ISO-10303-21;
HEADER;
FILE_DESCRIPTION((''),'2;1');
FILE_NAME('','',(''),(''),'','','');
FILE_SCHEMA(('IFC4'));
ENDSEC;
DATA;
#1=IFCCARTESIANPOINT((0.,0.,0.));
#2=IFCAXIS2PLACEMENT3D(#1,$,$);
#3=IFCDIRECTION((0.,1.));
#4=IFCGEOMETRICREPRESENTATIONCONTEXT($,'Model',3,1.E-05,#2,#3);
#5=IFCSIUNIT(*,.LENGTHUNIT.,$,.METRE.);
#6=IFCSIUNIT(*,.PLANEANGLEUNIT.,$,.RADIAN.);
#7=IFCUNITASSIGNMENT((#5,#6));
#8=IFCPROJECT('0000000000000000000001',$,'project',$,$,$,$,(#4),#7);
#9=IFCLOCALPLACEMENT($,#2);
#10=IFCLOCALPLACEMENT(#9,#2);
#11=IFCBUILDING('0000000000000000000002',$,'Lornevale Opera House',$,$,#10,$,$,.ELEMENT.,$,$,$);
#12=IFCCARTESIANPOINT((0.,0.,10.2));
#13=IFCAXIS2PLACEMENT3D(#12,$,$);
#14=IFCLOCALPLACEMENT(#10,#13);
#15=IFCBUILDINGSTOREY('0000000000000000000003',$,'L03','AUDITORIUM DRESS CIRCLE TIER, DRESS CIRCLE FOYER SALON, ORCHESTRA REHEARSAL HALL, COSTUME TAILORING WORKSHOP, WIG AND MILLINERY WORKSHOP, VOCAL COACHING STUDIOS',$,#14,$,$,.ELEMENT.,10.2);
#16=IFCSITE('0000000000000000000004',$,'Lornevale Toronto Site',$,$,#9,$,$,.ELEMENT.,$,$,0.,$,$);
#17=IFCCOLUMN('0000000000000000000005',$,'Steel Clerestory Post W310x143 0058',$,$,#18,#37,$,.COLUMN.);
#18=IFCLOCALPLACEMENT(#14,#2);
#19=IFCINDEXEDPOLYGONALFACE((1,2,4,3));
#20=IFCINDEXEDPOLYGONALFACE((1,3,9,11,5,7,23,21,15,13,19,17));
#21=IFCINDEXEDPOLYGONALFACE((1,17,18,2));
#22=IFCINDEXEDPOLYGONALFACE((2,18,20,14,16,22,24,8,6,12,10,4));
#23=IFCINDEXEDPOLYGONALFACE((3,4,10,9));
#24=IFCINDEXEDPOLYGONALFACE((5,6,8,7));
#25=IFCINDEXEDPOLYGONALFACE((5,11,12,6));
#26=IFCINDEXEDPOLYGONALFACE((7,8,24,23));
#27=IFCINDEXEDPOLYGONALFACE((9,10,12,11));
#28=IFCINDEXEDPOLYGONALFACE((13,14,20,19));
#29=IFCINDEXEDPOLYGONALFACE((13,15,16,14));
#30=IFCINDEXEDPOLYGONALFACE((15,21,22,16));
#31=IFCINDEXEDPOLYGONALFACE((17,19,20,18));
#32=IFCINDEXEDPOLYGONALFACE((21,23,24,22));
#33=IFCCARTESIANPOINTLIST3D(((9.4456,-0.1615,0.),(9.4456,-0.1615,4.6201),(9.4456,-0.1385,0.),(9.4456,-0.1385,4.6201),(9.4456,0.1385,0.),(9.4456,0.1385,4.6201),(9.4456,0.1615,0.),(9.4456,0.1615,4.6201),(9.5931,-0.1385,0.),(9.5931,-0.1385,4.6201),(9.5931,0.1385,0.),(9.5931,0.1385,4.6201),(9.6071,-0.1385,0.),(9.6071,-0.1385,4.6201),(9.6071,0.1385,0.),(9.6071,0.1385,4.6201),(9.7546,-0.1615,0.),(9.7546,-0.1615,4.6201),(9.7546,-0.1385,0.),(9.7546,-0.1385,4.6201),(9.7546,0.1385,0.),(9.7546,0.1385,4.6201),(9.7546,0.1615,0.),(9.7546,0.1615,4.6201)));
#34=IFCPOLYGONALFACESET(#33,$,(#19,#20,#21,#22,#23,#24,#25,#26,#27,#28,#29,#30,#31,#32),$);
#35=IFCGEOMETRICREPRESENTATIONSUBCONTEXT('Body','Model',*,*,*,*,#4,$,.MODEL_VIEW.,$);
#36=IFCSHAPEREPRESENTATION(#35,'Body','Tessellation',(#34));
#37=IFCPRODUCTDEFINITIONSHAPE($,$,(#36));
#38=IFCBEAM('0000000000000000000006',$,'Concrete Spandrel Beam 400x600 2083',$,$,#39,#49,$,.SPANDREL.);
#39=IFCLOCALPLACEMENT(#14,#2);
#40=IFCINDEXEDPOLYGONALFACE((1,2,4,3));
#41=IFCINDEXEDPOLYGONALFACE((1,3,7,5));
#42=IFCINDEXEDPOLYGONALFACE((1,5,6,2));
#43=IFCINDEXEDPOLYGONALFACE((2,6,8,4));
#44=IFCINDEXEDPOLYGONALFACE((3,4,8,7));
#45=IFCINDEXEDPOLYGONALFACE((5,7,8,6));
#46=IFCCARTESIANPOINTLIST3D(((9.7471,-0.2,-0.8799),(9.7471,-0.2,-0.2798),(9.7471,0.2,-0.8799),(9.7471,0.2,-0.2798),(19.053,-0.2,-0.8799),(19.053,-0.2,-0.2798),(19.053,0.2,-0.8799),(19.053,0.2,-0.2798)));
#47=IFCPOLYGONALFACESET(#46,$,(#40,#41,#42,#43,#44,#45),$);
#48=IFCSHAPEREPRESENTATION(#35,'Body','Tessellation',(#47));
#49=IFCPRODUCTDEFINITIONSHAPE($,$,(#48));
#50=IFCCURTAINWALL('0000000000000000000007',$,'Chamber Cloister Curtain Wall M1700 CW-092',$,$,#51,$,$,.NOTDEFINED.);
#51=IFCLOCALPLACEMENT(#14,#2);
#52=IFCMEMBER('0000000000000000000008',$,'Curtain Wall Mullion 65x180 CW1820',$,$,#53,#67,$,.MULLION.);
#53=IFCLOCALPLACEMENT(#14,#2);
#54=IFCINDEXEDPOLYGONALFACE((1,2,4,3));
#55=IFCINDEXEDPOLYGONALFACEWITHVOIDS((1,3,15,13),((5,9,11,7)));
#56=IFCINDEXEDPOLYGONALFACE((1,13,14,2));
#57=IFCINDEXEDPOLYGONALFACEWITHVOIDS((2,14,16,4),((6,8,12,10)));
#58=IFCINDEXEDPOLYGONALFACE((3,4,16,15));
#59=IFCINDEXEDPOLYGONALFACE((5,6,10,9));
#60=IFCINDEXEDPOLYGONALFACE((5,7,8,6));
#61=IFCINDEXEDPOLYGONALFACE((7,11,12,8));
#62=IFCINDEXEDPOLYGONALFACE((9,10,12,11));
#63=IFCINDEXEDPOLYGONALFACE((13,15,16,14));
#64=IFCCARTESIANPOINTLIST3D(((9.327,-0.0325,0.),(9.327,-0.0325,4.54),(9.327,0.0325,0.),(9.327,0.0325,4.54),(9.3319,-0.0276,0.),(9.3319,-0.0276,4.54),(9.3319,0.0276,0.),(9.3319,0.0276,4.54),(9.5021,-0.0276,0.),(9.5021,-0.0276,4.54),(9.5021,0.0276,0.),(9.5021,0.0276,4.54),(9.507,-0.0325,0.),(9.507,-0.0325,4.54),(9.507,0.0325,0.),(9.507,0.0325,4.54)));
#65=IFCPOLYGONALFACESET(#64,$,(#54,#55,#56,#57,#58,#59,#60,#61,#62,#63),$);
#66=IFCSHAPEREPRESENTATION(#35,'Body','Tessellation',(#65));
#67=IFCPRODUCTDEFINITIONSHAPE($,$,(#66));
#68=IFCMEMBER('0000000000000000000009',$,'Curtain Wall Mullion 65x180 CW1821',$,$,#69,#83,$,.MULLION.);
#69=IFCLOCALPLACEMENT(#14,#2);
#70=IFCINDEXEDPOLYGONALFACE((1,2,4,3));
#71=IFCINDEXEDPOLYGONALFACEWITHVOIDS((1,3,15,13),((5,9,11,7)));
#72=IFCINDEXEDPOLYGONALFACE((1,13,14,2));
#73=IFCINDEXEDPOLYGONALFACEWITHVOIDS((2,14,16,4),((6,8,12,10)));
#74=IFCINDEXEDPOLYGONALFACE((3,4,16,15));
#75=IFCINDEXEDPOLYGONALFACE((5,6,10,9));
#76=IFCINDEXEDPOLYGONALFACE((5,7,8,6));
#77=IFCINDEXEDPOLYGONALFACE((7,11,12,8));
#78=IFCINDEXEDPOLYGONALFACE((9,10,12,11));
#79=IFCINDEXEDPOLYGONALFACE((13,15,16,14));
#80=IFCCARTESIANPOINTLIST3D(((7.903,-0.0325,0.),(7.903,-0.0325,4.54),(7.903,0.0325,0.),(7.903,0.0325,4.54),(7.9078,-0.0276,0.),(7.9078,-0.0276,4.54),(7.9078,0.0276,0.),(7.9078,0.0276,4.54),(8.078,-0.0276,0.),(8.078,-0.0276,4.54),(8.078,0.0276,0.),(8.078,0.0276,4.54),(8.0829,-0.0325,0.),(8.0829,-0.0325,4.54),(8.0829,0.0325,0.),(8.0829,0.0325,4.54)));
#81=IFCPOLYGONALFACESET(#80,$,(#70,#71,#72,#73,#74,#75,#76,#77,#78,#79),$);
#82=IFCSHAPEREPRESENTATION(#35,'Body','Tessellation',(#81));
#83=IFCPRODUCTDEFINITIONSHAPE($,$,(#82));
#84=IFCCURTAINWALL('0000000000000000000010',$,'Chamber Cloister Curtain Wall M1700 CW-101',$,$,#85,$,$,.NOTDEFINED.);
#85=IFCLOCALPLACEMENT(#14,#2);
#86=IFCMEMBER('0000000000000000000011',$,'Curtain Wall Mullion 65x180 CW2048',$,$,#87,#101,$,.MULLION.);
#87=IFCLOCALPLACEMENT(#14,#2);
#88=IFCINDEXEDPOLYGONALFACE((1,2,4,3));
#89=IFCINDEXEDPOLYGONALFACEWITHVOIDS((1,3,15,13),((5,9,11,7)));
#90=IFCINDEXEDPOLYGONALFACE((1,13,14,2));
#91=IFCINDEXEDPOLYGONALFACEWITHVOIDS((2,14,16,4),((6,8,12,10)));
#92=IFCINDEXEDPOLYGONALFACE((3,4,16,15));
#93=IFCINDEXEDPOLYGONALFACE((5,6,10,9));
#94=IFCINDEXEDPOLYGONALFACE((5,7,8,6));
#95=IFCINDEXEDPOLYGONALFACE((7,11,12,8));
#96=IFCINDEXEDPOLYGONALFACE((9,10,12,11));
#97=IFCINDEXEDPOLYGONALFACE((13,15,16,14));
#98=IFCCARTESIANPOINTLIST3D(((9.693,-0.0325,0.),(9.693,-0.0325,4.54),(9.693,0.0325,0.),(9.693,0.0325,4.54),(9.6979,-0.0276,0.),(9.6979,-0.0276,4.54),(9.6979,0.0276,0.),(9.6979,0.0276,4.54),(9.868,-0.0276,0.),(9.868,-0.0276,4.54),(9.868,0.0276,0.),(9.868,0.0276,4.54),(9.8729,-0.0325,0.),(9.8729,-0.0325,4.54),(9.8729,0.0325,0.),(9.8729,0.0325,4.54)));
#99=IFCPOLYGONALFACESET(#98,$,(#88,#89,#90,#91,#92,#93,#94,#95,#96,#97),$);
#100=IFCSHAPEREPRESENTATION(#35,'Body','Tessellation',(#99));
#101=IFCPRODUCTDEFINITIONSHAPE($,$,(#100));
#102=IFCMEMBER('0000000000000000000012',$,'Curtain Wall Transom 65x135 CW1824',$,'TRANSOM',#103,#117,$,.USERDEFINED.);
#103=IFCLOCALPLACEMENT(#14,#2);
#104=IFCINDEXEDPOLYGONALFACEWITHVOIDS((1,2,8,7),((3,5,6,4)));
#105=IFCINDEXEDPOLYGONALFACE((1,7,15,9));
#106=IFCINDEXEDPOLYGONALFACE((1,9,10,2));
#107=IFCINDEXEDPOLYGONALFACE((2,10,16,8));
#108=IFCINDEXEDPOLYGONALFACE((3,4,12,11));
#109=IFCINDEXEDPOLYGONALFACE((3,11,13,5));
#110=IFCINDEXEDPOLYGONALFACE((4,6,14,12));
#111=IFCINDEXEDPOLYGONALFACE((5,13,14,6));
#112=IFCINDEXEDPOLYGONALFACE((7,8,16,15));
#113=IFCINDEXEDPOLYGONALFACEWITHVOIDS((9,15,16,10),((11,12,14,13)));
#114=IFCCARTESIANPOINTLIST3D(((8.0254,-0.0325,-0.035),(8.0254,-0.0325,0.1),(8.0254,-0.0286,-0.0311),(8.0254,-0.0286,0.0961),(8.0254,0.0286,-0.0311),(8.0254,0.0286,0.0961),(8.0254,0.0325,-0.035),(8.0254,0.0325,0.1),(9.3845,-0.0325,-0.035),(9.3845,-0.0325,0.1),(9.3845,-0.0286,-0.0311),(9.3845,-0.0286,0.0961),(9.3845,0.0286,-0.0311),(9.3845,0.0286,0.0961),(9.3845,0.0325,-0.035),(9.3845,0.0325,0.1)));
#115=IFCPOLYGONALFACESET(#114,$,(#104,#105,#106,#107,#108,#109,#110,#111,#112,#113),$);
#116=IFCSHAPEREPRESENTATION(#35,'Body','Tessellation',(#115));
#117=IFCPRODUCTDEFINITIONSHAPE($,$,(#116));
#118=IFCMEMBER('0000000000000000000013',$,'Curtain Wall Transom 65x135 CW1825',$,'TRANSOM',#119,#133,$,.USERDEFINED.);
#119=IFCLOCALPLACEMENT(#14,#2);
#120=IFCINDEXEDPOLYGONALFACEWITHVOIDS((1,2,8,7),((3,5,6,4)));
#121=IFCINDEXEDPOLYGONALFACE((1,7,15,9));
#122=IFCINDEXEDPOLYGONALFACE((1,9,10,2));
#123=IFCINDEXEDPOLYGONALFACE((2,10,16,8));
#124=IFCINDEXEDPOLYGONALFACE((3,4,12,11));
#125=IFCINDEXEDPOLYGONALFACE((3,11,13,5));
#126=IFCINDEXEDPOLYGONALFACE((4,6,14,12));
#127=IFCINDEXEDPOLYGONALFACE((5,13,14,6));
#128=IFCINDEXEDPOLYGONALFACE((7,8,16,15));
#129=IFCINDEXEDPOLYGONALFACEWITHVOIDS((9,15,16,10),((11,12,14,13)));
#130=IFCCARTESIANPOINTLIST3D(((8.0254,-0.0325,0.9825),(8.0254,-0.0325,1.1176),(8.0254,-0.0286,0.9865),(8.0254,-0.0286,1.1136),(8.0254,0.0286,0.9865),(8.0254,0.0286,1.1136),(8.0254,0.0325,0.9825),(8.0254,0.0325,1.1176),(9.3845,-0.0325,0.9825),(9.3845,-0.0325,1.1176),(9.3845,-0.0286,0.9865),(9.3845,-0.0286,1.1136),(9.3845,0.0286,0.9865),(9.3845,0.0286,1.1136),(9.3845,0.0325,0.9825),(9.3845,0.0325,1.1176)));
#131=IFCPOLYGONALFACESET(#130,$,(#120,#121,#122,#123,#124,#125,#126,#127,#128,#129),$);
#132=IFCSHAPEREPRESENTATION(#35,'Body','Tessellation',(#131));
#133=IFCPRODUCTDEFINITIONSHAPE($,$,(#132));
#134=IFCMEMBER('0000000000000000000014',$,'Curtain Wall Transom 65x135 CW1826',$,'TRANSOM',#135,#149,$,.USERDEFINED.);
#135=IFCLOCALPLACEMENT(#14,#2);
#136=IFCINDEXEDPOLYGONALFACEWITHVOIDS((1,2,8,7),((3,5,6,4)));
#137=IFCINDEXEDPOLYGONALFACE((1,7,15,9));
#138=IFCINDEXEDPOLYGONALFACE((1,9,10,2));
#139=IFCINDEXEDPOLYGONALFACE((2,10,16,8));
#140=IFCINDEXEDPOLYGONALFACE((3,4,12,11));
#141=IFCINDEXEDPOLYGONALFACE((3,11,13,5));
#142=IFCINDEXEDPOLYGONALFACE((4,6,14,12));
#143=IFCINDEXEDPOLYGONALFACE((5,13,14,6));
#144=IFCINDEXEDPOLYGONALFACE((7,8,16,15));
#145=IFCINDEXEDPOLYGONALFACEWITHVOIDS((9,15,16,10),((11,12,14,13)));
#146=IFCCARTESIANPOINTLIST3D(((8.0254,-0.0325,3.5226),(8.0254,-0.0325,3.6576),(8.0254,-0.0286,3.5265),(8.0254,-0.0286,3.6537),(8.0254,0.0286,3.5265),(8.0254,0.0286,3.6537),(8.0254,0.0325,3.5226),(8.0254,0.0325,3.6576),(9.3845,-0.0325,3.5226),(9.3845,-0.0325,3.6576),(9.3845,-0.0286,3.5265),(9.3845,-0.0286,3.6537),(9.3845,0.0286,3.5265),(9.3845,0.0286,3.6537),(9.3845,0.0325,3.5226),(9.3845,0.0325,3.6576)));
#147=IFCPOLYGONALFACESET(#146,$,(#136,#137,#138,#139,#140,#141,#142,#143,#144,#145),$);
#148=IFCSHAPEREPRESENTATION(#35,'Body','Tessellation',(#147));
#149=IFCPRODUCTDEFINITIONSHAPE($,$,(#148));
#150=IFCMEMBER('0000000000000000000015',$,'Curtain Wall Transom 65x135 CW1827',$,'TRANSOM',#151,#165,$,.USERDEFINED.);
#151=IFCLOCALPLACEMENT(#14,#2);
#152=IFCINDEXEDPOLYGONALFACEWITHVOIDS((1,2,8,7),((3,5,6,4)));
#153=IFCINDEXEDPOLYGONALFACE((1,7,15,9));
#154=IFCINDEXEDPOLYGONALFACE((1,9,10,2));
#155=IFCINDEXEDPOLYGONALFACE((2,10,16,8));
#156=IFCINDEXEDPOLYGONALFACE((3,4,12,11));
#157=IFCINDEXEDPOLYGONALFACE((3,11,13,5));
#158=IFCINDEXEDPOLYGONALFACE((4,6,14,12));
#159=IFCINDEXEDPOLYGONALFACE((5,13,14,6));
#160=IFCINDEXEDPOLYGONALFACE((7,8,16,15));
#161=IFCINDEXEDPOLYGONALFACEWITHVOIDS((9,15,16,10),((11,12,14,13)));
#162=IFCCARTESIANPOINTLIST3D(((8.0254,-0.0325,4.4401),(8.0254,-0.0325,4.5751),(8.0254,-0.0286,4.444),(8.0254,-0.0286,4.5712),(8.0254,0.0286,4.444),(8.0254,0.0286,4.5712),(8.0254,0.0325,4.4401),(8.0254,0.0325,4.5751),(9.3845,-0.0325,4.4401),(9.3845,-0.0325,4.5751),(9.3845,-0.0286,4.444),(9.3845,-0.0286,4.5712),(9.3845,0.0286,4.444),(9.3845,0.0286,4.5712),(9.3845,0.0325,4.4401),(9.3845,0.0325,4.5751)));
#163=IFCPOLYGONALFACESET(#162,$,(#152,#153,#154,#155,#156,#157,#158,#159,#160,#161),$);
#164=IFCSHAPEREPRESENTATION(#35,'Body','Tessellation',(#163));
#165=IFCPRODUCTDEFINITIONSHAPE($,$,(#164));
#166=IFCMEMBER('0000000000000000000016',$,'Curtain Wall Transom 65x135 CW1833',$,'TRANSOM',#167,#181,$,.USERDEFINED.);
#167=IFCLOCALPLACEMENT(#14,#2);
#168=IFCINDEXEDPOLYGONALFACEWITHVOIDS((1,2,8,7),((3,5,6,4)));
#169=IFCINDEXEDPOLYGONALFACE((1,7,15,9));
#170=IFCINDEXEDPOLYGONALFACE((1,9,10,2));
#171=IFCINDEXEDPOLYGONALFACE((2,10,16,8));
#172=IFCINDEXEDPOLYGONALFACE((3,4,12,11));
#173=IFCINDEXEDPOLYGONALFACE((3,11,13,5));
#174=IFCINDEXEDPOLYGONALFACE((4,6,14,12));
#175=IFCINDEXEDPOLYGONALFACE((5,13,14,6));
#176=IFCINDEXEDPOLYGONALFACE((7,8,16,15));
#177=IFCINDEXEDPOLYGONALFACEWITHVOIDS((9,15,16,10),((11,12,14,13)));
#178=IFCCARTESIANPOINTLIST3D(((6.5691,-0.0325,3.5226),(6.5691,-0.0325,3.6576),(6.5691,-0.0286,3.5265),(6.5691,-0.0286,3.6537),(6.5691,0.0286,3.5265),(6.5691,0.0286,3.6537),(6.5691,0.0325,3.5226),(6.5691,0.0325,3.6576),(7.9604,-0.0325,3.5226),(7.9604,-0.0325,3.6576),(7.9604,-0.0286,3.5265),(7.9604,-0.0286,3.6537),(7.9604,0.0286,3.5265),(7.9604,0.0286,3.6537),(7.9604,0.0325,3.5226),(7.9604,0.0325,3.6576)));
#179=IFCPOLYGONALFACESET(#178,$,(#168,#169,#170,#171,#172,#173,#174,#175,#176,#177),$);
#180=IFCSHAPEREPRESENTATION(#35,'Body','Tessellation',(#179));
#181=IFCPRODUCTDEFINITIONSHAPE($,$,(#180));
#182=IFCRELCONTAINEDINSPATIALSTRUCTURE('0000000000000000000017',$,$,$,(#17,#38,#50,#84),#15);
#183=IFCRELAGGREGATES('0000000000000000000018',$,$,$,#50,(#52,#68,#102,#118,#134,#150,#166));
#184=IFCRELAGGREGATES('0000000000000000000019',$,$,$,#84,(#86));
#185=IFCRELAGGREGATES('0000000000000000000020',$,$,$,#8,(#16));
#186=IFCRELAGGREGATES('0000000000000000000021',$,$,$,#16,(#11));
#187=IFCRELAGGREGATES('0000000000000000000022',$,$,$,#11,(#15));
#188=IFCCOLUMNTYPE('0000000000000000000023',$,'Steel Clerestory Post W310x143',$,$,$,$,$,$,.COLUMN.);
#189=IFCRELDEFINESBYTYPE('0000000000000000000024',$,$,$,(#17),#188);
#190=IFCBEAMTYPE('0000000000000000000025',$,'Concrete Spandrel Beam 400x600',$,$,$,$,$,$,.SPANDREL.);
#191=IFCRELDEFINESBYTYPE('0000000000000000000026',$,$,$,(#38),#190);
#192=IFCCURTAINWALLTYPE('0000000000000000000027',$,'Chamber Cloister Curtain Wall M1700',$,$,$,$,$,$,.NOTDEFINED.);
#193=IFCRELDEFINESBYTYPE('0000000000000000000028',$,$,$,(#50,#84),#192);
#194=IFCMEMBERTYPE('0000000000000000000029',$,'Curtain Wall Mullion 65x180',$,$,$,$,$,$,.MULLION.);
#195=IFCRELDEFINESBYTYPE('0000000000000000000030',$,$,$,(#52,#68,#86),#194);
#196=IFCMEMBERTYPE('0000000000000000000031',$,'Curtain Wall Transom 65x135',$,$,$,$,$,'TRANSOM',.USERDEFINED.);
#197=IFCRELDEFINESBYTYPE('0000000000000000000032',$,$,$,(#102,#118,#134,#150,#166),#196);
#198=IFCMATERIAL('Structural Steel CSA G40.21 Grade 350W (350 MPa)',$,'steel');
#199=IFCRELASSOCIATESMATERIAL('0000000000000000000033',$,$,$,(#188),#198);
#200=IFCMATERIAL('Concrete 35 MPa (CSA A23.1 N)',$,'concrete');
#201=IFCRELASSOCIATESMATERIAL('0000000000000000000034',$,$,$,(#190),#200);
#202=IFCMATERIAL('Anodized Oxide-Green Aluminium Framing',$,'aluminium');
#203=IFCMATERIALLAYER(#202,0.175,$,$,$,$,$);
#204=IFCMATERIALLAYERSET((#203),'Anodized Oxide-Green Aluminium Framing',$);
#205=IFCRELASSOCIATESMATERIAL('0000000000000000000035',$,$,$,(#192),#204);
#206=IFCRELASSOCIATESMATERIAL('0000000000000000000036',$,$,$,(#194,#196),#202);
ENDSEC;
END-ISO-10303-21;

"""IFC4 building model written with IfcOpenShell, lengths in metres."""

from ifc_helpers import new_model, si_unit, direction, frame, origin, origin_2d, place, context, subcontext, project, spatial, rectangle, hollow_rectangle, i_section, extrude, material, layer, layer_set, material_profile, profile_set, type_object, element, aggregate, save


model = new_model("IFC4")

# Units and contexts
model_context = context("Model", 3, precision=1e-05, world=origin(), true_north=direction((0.0, 1.0)))
body_context = subcontext(model_context, "Body", "Model", "MODEL_VIEW")
ifc_project = project(units=[si_unit("LENGTHUNIT", "METRE"), si_unit("PLANEANGLEUNIT", "RADIAN")], contexts=[model_context])

# Site, building, storey
site_placement = place(None, origin())
site = spatial("IfcSite", under=ifc_project, at=site_placement, Name="Lornevale Toronto Site", CompositionType="ELEMENT", RefElevation=0.0)
building_placement = place(site_placement, origin())
building = spatial("IfcBuilding", under=site, at=building_placement, Name="Lornevale Opera House", CompositionType="ELEMENT")
storey_placement = place(building_placement, frame((0.0, 0.0, 10.2)))
storey = spatial("IfcBuildingStorey", under=building, at=storey_placement, Name="L03", Description="AUDITORIUM DRESS CIRCLE TIER, DRESS CIRCLE FOYER SALON, ORCHESTRA REHEARSAL HALL, COSTUME TAILORING WORKSHOP, WIG AND MILLINERY WORKSHOP, VOCAL COACHING STUDIOS", CompositionType="ELEMENT", Elevation=10.2)

# Column
ifc_material_1 = material(Name="Structural Steel CSA G40.21 Grade 350W (350 MPa)", Category="steel")
ifc_material_profile_1 = material_profile(ifc_material_1, i_section(OverallWidth=0.3091, OverallDepth=0.323, WebThickness=0.0139, FlangeThickness=0.0229, at=origin_2d()), Name="W310x143")
ifc_profile_set_1 = profile_set([ifc_material_profile_1], Name="Structural Steel CSA G40.21 Grade 350W (350 MPa)")
column_type = type_object("IfcColumnType", Name="Steel Clerestory Post W310x143", PredefinedType="COLUMN", material=ifc_profile_set_1)
column_placement = place(storey_placement, frame((9.6001, 0.0, 0.0), z_axis=(0.0, 0.0, 1.0), x_axis=(1.0, 0.0, 0.0)))
element("IfcColumn", 1, at=column_placement, inside=storey, type_object=column_type, Name="Steel Clerestory Post W310x143 0058", PredefinedType="COLUMN", context=body_context, shape_type="SweptSolid", body=[
    extrude(i_section(OverallWidth=0.3091, OverallDepth=0.323, WebThickness=0.0139, FlangeThickness=0.0229, at=origin_2d()), origin(), (0.0, 0.0, 1.0), 4.6201),
])

# Beam
ifc_material_2 = material(Name="Concrete 35 MPa (CSA A23.1 N)", Category="concrete")
ifc_material_profile_2 = material_profile(ifc_material_2, rectangle(XDim=0.3999, YDim=0.6001, at=origin_2d()), Name="RC400x600")
ifc_profile_set_2 = profile_set([ifc_material_profile_2], Name="Concrete 35 MPa (CSA A23.1 N)")
beam_type = type_object("IfcBeamType", Name="Concrete Spandrel Beam 400x600", PredefinedType="SPANDREL", material=ifc_profile_set_2)
beam_placement = place(storey_placement, frame((9.7471, 0.0, -0.5798), z_axis=(1.0, 0.0, 0.0), x_axis=(0.0, 1.0, 0.0)))
element("IfcBeam", 2, at=beam_placement, inside=storey, type_object=beam_type, Name="Concrete Spandrel Beam 400x600 2083", PredefinedType="SPANDREL", context=body_context, shape_type="SweptSolid", body=[
    extrude(rectangle(XDim=0.3999, YDim=0.6001, at=origin_2d()), origin(), (0.0, 0.0, 1.0), 9.3059),
])

# Curtain wall, members
ifc_material_3 = material(Name="Anodized Oxide-Green Aluminium Framing", Category="aluminium")
ifc_layer_1 = layer(ifc_material_3, 0.175)
ifc_layer_set_1 = layer_set([ifc_layer_1], Name="Anodized Oxide-Green Aluminium Framing")
curtain_wall_type = type_object("IfcCurtainWallType", Name="Chamber Cloister Curtain Wall M1700", PredefinedType="NOTDEFINED", material=ifc_layer_set_1)
curtain_wall_1_placement = place(storey_placement, origin())
curtain_wall_1 = element("IfcCurtainWall", 3, at=curtain_wall_1_placement, inside=storey, type_object=curtain_wall_type, Name="Chamber Cloister Curtain Wall M1700 CW-092", PredefinedType="NOTDEFINED")
ifc_material_profile_3 = material_profile(ifc_material_3, hollow_rectangle(XDim=0.0649, YDim=0.1799, WallThickness=0.0049, at=origin_2d()), Name="ALU65x180x5")
ifc_profile_set_3 = profile_set([ifc_material_profile_3], Name="Anodized Oxide-Green Aluminium Framing")
member_type_1 = type_object("IfcMemberType", Name="Curtain Wall Mullion 65x180", PredefinedType="MULLION", material=ifc_profile_set_3)
member_1_placement = place(storey_placement, frame((9.417, 0.0, 0.0), z_axis=(0.0, 0.0, 1.0), x_axis=(0.0, -1.0, 0.0)))
member_1 = element("IfcMember", 4, at=member_1_placement, type_object=member_type_1, Name="Curtain Wall Mullion 65x180 CW1820", PredefinedType="MULLION", context=body_context, shape_type="SweptSolid", body=[
    extrude(hollow_rectangle(XDim=0.0649, YDim=0.1799, WallThickness=0.0049, at=origin_2d()), origin(), (0.0, 0.0, 1.0), 4.54),
])
member_2_placement = place(storey_placement, frame((7.9929, 0.0, 0.0), z_axis=(0.0, 0.0, 1.0), x_axis=(0.0, -1.0, 0.0)))
member_2 = element("IfcMember", 5, at=member_2_placement, type_object=member_type_1, Name="Curtain Wall Mullion 65x180 CW1821", PredefinedType="MULLION", context=body_context, shape_type="SweptSolid", body=[
    extrude(hollow_rectangle(XDim=0.0649, YDim=0.1799, WallThickness=0.0049, at=origin_2d()), origin(), (0.0, 0.0, 1.0), 4.54),
])

# Curtain wall, member
curtain_wall_2_placement = place(storey_placement, origin())
curtain_wall_2 = element("IfcCurtainWall", 6, at=curtain_wall_2_placement, inside=storey, type_object=curtain_wall_type, Name="Chamber Cloister Curtain Wall M1700 CW-101", PredefinedType="NOTDEFINED")
member_3_placement = place(storey_placement, frame((9.783, 0.0, 0.0), z_axis=(0.0, 0.0, 1.0), x_axis=(0.0, -1.0, 0.0)))
member_3 = element("IfcMember", 7, at=member_3_placement, type_object=member_type_1, Name="Curtain Wall Mullion 65x180 CW2048", PredefinedType="MULLION", context=body_context, shape_type="SweptSolid", body=[
    extrude(hollow_rectangle(XDim=0.0649, YDim=0.1799, WallThickness=0.0049, at=origin_2d()), origin(), (0.0, 0.0, 1.0), 4.54),
])

# Members
ifc_material_profile_4 = material_profile(ifc_material_3, hollow_rectangle(XDim=0.0649, YDim=0.135, WallThickness=0.0039, at=origin_2d()), Name="ALU65x135x4")
ifc_profile_set_4 = profile_set([ifc_material_profile_4], Name="Anodized Oxide-Green Aluminium Framing")
member_type_2 = type_object("IfcMemberType", Name="Curtain Wall Transom 65x135", ElementType="TRANSOM", PredefinedType="USERDEFINED", material=ifc_profile_set_4)
member_4_placement = place(storey_placement, frame((9.3845, 0.0, 0.0325), z_axis=(-1.0, 0.0, 0.0), x_axis=(0.0, -1.0, 0.0)))
member_4 = element("IfcMember", 8, at=member_4_placement, type_object=member_type_2, Name="Curtain Wall Transom 65x135 CW1824", ObjectType="TRANSOM", PredefinedType="USERDEFINED", context=body_context, shape_type="SweptSolid", body=[
    extrude(hollow_rectangle(XDim=0.0649, YDim=0.135, WallThickness=0.0039, at=origin_2d()), origin(), (0.0, 0.0, 1.0), 1.3591),
])
member_5_placement = place(storey_placement, frame((9.3845, 0.0, 1.05), z_axis=(-1.0, 0.0, 0.0), x_axis=(0.0, -1.0, 0.0)))
member_5 = element("IfcMember", 9, at=member_5_placement, type_object=member_type_2, Name="Curtain Wall Transom 65x135 CW1825", ObjectType="TRANSOM", PredefinedType="USERDEFINED", context=body_context, shape_type="SweptSolid", body=[
    extrude(hollow_rectangle(XDim=0.0649, YDim=0.135, WallThickness=0.0039, at=origin_2d()), origin(), (0.0, 0.0, 1.0), 1.3591),
])
member_6_placement = place(storey_placement, frame((9.3845, 0.0, 3.5901), z_axis=(-1.0, 0.0, 0.0), x_axis=(0.0, -1.0, 0.0)))
member_6 = element("IfcMember", 10, at=member_6_placement, type_object=member_type_2, Name="Curtain Wall Transom 65x135 CW1826", ObjectType="TRANSOM", PredefinedType="USERDEFINED", context=body_context, shape_type="SweptSolid", body=[
    extrude(hollow_rectangle(XDim=0.0649, YDim=0.135, WallThickness=0.0039, at=origin_2d()), origin(), (0.0, 0.0, 1.0), 1.3591),
])
member_7_placement = place(storey_placement, frame((9.3845, 0.0, 4.5076), z_axis=(-1.0, 0.0, 0.0), x_axis=(0.0, -1.0, 0.0)))
member_7 = element("IfcMember", 11, at=member_7_placement, type_object=member_type_2, Name="Curtain Wall Transom 65x135 CW1827", ObjectType="TRANSOM", PredefinedType="USERDEFINED", context=body_context, shape_type="SweptSolid", body=[
    extrude(hollow_rectangle(XDim=0.0649, YDim=0.135, WallThickness=0.0039, at=origin_2d()), origin(), (0.0, 0.0, 1.0), 1.3591),
])
member_8_placement = place(storey_placement, frame((7.9604, 0.0, 3.5901), z_axis=(-1.0, 0.0, 0.0), x_axis=(0.0, -1.0, 0.0)))
member_8 = element("IfcMember", 12, at=member_8_placement, type_object=member_type_2, Name="Curtain Wall Transom 65x135 CW1833", ObjectType="TRANSOM", PredefinedType="USERDEFINED", context=body_context, shape_type="SweptSolid", body=[
    extrude(hollow_rectangle(XDim=0.0649, YDim=0.135, WallThickness=0.0039, at=origin_2d()), origin(), (0.0, 0.0, 1.0), 1.3914),
])

aggregate(curtain_wall_1, [member_1, member_2, member_4, member_5, member_6, member_7, member_8])
aggregate(curtain_wall_2, [member_3])

save(model, "model.ifc")
